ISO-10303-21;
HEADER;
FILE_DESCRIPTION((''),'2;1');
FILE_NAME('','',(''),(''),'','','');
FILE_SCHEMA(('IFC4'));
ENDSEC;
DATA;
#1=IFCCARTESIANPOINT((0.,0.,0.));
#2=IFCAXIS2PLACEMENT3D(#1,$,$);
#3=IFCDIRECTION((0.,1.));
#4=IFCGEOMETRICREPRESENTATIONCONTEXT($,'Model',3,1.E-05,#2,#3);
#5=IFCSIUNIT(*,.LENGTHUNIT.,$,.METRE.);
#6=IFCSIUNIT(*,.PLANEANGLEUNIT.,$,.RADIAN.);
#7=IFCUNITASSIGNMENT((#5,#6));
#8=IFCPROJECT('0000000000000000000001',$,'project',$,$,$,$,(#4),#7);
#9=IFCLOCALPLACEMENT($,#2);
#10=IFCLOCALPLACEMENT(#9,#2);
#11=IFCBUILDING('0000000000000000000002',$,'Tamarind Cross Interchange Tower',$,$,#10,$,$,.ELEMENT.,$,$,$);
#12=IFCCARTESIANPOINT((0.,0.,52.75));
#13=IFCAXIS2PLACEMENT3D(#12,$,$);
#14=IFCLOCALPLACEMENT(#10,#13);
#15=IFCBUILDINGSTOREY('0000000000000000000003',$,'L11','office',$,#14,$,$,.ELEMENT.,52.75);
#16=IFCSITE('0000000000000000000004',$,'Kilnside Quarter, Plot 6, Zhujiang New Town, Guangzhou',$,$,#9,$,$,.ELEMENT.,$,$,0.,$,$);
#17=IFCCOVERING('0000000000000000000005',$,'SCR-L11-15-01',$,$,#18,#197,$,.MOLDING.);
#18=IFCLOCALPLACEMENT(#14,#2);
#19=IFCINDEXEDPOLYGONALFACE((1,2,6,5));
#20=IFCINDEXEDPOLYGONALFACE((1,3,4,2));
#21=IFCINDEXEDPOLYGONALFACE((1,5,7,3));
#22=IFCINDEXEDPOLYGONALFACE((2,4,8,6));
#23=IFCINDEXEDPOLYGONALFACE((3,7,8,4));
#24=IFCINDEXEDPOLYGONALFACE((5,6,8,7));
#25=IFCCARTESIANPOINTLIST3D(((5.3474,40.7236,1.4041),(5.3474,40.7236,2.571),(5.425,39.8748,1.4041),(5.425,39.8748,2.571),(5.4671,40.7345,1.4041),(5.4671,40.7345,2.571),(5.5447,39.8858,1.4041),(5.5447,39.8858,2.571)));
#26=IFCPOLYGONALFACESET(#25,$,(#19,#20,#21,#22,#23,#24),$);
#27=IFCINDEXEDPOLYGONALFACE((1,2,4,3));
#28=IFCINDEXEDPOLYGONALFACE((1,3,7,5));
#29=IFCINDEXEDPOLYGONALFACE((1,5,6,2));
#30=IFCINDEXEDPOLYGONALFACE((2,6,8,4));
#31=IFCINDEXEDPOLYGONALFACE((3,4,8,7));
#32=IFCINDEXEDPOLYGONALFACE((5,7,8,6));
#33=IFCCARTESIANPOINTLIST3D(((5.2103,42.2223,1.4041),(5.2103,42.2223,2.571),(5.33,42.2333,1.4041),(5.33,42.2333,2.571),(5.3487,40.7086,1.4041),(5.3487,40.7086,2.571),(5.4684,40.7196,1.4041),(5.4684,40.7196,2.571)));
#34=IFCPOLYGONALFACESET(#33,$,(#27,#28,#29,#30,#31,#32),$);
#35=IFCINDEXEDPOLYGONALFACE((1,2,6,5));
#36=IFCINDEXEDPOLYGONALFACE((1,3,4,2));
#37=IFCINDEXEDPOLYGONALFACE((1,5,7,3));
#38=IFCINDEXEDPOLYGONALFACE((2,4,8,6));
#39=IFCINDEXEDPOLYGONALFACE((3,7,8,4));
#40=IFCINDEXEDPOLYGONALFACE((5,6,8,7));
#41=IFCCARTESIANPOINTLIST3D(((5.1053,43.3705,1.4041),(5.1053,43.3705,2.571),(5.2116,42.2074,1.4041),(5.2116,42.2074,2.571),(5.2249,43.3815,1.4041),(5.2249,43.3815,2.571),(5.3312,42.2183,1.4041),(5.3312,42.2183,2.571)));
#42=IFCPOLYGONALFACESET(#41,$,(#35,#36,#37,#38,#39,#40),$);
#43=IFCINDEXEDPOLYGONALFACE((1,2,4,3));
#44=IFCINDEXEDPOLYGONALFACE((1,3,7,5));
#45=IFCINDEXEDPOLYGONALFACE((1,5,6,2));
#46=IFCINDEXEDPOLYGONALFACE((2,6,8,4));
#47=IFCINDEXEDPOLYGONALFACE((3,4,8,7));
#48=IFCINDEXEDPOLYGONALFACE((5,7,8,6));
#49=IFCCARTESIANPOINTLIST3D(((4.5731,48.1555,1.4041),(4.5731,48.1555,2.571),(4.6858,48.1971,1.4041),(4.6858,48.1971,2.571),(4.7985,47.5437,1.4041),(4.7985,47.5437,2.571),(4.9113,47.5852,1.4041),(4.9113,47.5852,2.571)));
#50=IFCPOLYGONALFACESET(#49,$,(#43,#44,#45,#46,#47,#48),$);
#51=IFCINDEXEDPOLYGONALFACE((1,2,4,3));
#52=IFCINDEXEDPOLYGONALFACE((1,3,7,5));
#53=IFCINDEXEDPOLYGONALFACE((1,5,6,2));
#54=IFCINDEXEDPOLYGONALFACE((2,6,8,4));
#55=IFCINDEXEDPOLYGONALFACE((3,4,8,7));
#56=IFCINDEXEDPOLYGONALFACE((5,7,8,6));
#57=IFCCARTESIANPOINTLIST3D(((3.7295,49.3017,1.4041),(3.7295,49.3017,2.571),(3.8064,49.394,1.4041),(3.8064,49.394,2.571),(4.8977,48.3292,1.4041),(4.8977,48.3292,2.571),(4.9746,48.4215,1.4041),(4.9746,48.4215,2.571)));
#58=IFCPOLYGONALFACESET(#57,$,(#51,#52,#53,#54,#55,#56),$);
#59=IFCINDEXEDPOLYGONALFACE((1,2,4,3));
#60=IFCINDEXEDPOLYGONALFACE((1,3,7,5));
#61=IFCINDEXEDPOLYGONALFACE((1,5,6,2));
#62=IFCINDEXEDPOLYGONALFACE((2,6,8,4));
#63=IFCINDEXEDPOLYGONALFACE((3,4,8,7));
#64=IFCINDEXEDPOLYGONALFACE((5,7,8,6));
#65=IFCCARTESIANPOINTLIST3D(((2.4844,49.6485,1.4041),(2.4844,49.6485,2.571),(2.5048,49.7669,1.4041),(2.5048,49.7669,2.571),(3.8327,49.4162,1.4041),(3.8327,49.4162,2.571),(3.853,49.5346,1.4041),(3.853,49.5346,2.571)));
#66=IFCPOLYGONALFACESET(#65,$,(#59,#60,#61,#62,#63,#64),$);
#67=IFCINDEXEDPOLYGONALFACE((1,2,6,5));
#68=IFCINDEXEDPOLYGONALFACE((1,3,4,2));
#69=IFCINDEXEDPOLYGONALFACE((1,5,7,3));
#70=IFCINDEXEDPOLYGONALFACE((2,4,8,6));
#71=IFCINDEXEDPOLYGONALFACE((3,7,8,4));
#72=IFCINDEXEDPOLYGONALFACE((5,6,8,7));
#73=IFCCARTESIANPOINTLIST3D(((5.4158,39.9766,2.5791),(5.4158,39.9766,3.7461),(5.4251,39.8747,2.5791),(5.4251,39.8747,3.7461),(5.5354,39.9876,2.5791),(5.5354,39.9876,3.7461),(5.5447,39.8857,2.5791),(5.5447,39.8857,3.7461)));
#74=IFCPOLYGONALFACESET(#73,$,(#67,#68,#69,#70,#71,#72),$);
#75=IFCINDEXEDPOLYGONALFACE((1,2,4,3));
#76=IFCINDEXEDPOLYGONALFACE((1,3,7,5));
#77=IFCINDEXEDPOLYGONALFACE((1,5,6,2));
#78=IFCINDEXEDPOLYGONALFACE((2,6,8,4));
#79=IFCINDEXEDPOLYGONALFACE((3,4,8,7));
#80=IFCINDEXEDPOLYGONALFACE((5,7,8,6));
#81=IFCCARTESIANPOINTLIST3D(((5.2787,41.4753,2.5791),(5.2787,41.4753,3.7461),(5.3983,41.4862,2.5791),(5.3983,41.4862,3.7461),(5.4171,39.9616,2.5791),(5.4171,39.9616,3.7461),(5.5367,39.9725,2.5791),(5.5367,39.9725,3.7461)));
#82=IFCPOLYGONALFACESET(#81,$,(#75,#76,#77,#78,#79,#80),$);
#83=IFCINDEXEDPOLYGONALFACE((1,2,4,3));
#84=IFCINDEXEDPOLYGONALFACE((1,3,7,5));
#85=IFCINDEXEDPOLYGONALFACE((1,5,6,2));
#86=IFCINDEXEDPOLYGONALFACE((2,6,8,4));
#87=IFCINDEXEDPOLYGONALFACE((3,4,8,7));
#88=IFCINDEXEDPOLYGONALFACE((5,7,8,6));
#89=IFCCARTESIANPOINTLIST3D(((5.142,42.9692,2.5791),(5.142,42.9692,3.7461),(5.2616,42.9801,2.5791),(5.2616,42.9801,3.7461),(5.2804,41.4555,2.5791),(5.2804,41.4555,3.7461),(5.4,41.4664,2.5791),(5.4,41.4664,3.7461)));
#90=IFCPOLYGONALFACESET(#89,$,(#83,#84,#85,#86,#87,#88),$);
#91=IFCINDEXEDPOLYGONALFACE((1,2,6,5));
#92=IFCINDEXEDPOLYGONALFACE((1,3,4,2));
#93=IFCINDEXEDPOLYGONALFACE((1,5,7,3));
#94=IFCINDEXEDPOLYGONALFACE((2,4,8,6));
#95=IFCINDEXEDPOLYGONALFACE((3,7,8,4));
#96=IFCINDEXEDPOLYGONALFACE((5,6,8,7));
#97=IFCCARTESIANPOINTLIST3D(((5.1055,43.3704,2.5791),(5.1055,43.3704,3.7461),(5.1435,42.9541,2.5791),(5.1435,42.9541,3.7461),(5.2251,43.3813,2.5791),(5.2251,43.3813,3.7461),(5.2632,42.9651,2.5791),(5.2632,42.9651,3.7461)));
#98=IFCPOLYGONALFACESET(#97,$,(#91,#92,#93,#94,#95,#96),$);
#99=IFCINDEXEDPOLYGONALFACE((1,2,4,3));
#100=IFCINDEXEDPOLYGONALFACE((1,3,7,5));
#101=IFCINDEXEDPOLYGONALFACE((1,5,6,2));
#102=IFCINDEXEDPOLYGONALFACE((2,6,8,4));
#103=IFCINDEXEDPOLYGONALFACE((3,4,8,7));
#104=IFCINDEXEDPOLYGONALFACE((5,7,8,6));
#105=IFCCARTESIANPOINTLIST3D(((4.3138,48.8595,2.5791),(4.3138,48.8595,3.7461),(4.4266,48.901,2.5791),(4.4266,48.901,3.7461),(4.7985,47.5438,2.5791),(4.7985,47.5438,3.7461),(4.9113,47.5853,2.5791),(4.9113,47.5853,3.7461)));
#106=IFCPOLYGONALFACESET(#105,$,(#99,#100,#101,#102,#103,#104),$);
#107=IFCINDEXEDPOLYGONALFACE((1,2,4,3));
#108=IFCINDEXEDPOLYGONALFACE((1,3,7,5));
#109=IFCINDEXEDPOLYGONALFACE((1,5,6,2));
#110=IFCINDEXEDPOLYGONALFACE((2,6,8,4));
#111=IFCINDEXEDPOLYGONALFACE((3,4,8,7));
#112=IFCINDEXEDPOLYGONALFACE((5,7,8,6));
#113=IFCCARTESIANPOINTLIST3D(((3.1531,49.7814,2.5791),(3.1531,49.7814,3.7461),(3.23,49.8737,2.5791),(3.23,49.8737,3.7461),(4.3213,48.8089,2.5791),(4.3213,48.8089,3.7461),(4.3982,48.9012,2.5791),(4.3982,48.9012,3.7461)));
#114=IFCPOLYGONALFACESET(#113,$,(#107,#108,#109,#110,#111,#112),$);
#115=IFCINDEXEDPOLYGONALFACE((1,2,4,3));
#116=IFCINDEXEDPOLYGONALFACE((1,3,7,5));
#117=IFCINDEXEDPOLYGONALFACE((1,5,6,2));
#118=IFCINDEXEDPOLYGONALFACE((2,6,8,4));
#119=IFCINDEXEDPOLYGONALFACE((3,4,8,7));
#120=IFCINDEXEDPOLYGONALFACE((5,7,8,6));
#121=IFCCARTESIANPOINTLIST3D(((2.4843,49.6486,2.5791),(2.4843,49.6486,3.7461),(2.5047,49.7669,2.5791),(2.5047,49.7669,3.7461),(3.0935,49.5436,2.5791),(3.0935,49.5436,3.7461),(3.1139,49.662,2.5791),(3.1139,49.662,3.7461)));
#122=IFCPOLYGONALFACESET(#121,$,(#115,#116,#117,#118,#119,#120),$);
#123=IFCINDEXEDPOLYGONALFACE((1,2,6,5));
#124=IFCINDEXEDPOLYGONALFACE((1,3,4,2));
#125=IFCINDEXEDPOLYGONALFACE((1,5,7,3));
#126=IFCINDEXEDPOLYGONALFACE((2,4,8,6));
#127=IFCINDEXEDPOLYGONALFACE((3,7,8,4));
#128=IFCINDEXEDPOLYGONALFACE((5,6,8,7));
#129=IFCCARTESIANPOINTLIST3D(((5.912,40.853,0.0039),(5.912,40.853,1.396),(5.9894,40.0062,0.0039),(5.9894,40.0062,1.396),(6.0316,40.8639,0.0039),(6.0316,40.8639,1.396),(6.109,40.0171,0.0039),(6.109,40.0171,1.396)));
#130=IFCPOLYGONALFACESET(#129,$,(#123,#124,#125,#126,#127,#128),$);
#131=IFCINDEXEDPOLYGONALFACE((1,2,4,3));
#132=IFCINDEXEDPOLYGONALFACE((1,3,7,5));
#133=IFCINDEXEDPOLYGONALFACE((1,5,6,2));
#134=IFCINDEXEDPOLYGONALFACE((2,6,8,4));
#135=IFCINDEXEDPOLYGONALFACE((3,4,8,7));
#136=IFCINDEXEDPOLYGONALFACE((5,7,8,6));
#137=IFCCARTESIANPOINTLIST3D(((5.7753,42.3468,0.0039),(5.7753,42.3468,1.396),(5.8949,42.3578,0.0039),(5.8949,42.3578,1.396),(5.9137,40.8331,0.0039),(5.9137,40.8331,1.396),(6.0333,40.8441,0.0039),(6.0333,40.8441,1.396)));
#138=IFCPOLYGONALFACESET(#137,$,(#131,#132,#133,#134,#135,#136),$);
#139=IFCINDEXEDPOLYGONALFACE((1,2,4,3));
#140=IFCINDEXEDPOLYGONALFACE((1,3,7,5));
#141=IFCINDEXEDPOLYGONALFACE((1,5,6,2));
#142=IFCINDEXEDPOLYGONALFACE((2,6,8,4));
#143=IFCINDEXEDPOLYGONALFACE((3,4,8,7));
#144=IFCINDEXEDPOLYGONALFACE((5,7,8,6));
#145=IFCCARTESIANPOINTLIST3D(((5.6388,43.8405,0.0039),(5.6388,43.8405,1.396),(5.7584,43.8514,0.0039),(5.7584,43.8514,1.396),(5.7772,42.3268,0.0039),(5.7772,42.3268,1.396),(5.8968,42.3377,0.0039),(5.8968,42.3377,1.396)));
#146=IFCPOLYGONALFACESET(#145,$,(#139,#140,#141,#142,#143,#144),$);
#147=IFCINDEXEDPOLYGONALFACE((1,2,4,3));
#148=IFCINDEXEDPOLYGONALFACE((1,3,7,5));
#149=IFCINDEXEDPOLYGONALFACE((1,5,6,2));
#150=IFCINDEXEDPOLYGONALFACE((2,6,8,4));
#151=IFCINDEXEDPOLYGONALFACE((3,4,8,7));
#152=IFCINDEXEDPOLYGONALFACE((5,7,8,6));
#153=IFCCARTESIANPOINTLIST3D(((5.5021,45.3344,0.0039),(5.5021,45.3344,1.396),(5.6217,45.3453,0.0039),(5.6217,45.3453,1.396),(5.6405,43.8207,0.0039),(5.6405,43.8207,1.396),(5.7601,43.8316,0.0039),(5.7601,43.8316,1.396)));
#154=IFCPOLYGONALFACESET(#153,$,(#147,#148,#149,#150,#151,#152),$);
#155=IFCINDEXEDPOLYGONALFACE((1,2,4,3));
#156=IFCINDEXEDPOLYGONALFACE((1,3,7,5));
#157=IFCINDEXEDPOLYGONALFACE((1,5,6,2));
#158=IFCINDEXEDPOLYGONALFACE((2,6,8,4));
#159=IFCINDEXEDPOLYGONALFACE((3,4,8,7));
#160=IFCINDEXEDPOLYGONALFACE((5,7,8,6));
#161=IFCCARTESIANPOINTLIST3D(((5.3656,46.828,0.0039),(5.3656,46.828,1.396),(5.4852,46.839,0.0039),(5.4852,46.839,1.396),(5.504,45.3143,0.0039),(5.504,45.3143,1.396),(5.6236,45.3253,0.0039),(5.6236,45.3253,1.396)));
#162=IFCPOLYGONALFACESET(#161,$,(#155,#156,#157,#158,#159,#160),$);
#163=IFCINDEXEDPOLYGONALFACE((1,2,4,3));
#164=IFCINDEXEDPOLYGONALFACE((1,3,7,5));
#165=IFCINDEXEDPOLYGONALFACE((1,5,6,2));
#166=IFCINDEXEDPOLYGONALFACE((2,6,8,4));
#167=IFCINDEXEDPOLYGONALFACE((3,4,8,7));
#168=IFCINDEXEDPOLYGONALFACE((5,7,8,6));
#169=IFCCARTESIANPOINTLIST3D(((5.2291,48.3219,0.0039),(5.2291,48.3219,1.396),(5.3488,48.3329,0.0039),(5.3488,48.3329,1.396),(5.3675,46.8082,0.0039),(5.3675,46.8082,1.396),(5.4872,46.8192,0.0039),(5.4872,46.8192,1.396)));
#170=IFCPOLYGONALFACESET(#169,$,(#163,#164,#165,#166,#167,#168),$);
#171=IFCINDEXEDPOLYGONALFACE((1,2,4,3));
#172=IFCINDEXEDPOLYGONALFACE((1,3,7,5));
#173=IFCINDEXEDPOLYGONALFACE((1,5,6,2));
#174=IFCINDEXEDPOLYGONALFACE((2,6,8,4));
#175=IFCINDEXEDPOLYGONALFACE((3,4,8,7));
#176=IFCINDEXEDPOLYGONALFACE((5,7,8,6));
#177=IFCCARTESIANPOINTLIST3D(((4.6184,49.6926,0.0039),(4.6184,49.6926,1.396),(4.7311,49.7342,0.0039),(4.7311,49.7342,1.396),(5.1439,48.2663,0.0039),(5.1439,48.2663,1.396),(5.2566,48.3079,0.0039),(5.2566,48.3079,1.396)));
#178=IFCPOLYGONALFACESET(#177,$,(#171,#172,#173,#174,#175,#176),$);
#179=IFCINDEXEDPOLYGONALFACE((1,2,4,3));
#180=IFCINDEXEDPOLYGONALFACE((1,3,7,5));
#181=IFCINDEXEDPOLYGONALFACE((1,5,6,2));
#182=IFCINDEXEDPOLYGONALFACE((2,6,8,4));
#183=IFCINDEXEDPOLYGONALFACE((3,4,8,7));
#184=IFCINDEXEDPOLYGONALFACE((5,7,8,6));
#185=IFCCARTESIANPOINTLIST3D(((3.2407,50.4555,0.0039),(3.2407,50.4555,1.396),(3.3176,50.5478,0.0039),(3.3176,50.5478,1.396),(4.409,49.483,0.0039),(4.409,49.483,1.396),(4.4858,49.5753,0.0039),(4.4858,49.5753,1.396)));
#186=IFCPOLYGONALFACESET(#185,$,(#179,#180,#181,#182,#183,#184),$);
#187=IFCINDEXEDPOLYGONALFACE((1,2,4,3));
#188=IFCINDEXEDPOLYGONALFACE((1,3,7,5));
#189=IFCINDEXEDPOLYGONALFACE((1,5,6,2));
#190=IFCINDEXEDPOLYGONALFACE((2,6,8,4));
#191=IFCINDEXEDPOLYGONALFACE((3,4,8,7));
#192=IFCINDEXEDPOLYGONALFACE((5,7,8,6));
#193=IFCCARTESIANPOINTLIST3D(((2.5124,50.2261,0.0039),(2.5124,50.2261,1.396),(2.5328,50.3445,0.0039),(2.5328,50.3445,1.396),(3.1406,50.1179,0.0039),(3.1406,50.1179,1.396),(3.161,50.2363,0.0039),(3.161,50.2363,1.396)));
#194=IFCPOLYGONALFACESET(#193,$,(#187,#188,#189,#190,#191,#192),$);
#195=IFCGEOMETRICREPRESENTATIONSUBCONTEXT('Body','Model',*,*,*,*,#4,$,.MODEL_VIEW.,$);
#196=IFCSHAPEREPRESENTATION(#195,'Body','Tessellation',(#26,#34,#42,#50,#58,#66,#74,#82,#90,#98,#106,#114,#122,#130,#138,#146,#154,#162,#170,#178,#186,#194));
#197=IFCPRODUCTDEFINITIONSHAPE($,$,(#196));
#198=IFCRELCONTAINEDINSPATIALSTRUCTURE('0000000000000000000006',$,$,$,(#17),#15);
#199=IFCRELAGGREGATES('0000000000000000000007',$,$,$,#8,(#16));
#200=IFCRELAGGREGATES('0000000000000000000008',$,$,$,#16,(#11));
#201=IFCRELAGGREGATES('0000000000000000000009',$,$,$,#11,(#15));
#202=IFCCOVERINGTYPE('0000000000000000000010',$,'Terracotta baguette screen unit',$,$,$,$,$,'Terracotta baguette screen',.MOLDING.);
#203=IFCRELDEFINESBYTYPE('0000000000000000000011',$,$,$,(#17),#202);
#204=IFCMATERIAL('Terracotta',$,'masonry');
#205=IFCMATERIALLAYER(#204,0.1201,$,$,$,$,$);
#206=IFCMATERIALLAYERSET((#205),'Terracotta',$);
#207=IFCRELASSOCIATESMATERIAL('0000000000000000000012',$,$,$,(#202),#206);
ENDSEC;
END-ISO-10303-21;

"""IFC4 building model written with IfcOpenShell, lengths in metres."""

from ifc_helpers import new_model, si_unit, direction, frame, origin, origin_2d, place, context, subcontext, project, spatial, rectangle, extrude, material, layer, layer_set, type_object, element, save


model = new_model("IFC4")

# Units and contexts
model_context = context("Model", 3, precision=1e-05, world=origin(), true_north=direction((0.0, 1.0)))
body_context = subcontext(model_context, "Body", "Model", "MODEL_VIEW")
ifc_project = project(units=[si_unit("LENGTHUNIT", "METRE"), si_unit("PLANEANGLEUNIT", "RADIAN")], contexts=[model_context])

# Site, building, storey
site_placement = place(None, origin())
site = spatial("IfcSite", under=ifc_project, at=site_placement, Name="Kilnside Quarter, Plot 6, Zhujiang New Town, Guangzhou", CompositionType="ELEMENT", RefElevation=0.0)
building_placement = place(site_placement, origin())
building = spatial("IfcBuilding", under=site, at=building_placement, Name="Tamarind Cross Interchange Tower", CompositionType="ELEMENT")
storey_placement = place(building_placement, frame((0.0, 0.0, 52.75)))
storey = spatial("IfcBuildingStorey", under=building, at=storey_placement, Name="L11", Description="office", CompositionType="ELEMENT", Elevation=52.75)

# Covering
ifc_material_1 = material(Name="Terracotta", Category="masonry")
ifc_layer_1 = layer(ifc_material_1, 0.1201)
ifc_layer_set_1 = layer_set([ifc_layer_1], Name="Terracotta")
covering_type = type_object("IfcCoveringType", Name="Terracotta baguette screen unit", ElementType="Terracotta baguette screen", PredefinedType="MOLDING", material=ifc_layer_set_1)
covering_1_placement = place(storey_placement, origin())
element("IfcCovering", 1, at=covering_1_placement, inside=storey, type_object=covering_type, Name="SCR-L11-15-01", PredefinedType="MOLDING", context=body_context, shape_type="SweptSolid", body=[
    extrude(rectangle(XDim=0.8523, YDim=0.1201, at=origin_2d()), frame((5.446, 40.3047, 1.4041), z_axis=(0.0, 0.0, 1.0), x_axis=(-0.09105, 0.995846, 0.0)), (0.0, 0.0, 1.0), 1.167),
    extrude(rectangle(XDim=1.52, YDim=0.1201, at=origin_2d()), frame((5.3394, 41.4709, 1.4041), z_axis=(0.0, 0.0, 1.0), x_axis=(-0.09105, 0.995846, 0.0)), (0.0, 0.0, 1.0), 1.167),
    extrude(rectangle(XDim=1.168, YDim=0.1201, at=origin_2d()), frame((5.2183, 42.7944, 1.4041), z_axis=(0.0, 0.0, 1.0), x_axis=(-0.09105, 0.995846, 0.0)), (0.0, 0.0, 1.0), 1.167),
    extrude(rectangle(XDim=0.6521, YDim=0.1201, at=origin_2d()), frame((4.7422, 47.8704, 1.4041), z_axis=(0.0, 0.0, 1.0), x_axis=(-0.345691, 0.938348, 0.0)), (0.0, 0.0, 1.0), 1.167),
    extrude(rectangle(XDim=1.52, YDim=0.1201, at=origin_2d()), frame((4.3521, 48.8616, 1.4041), z_axis=(0.0, 0.0, 1.0), x_axis=(-0.768552, 0.639788, 0.0)), (0.0, 0.0, 1.0), 1.167),
    extrude(rectangle(XDim=1.3682, YDim=0.1201, at=origin_2d()), frame((3.1687, 49.5916, 1.4041), z_axis=(0.0, 0.0, 1.0), x_axis=(-0.985479, 0.169797, 0.0)), (0.0, 0.0, 1.0), 1.167),
    extrude(rectangle(XDim=0.1023, YDim=0.1201, at=origin_2d()), frame((5.4802, 39.9312, 2.5791), z_axis=(0.0, 0.0, 1.0), x_axis=(-0.09105, 0.995846, 0.0)), (0.0, 0.0, 1.0), 1.167),
    extrude(rectangle(XDim=1.52, YDim=0.1201, at=origin_2d()), frame((5.4077, 40.7239, 2.5791), z_axis=(0.0, 0.0, 1.0), x_axis=(-0.09105, 0.995846, 0.0)), (0.0, 0.0, 1.0), 1.167),
    extrude(rectangle(XDim=1.52, YDim=0.1201, at=origin_2d()), frame((5.271, 42.2178, 2.5791), z_axis=(0.0, 0.0, 1.0), x_axis=(-0.09105, 0.995846, 0.0)), (0.0, 0.0, 1.0), 1.167),
    extrude(rectangle(XDim=0.418, YDim=0.1201, at=origin_2d()), frame((5.1843, 43.1677, 2.5791), z_axis=(0.0, 0.0, 1.0), x_axis=(-0.09105, 0.995846, 0.0)), (0.0, 0.0, 1.0), 1.167),
    extrude(rectangle(XDim=1.4021, YDim=0.1201, at=origin_2d()), frame((4.6125, 48.2224, 2.5791), z_axis=(0.0, 0.0, 1.0), x_axis=(-0.345691, 0.938348, 0.0)), (0.0, 0.0, 1.0), 1.167),
    extrude(rectangle(XDim=1.52, YDim=0.1201, at=origin_2d()), frame((3.7756, 49.3413, 2.5791), z_axis=(0.0, 0.0, 1.0), x_axis=(-0.768552, 0.639788, 0.0)), (0.0, 0.0, 1.0), 1.167),
    extrude(rectangle(XDim=0.6182, YDim=0.1201, at=origin_2d()), frame((2.7991, 49.6553, 2.5791), z_axis=(0.0, 0.0, 1.0), x_axis=(-0.985479, 0.169797, 0.0)), (0.0, 0.0, 1.0), 1.167),
    extrude(rectangle(XDim=0.8503, YDim=0.1201, at=origin_2d()), frame((6.0105, 40.4351, 0.0039), z_axis=(0.0, 0.0, 1.0), x_axis=(-0.09105, 0.995846, 0.0)), (0.0, 0.0, 1.0), 1.3921),
    extrude(rectangle(XDim=1.52, YDim=0.1201, at=origin_2d()), frame((5.9043, 41.5955, 0.0039), z_axis=(0.0, 0.0, 1.0), x_axis=(-0.09105, 0.995846, 0.0)), (0.0, 0.0, 1.0), 1.3921),
    extrude(rectangle(XDim=1.52, YDim=0.1201, at=origin_2d()), frame((5.7678, 43.0891, 0.0039), z_axis=(0.0, 0.0, 1.0), x_axis=(-0.09105, 0.995846, 0.0)), (0.0, 0.0, 1.0), 1.3921),
    extrude(rectangle(XDim=1.52, YDim=0.1201, at=origin_2d()), frame((5.6311, 44.583, 0.0039), z_axis=(0.0, 0.0, 1.0), x_axis=(-0.09105, 0.995846, 0.0)), (0.0, 0.0, 1.0), 1.3921),
    extrude(rectangle(XDim=1.52, YDim=0.1201, at=origin_2d()), frame((5.4946, 46.0767, 0.0039), z_axis=(0.0, 0.0, 1.0), x_axis=(-0.09105, 0.995846, 0.0)), (0.0, 0.0, 1.0), 1.3921),
    extrude(rectangle(XDim=1.52, YDim=0.1201, at=origin_2d()), frame((5.3582, 47.5706, 0.0039), z_axis=(0.0, 0.0, 1.0), x_axis=(-0.09105, 0.995846, 0.0)), (0.0, 0.0, 1.0), 1.3921),
    extrude(rectangle(XDim=1.52, YDim=0.1201, at=origin_2d()), frame((4.9375, 49.0002, 0.0039), z_axis=(0.0, 0.0, 1.0), x_axis=(-0.345691, 0.938348, 0.0)), (0.0, 0.0, 1.0), 1.3921),
    extrude(rectangle(XDim=1.52, YDim=0.1201, at=origin_2d()), frame((3.8633, 50.0154, 0.0039), z_axis=(0.0, 0.0, 1.0), x_axis=(-0.768552, 0.639788, 0.0)), (0.0, 0.0, 1.0), 1.3921),
    extrude(rectangle(XDim=0.6375, YDim=0.1201, at=origin_2d()), frame((2.8367, 50.2312, 0.0039), z_axis=(0.0, 0.0, 1.0), x_axis=(-0.985479, 0.169797, 0.0)), (0.0, 0.0, 1.0), 1.3921),
])

save(model, "model.ifc")
